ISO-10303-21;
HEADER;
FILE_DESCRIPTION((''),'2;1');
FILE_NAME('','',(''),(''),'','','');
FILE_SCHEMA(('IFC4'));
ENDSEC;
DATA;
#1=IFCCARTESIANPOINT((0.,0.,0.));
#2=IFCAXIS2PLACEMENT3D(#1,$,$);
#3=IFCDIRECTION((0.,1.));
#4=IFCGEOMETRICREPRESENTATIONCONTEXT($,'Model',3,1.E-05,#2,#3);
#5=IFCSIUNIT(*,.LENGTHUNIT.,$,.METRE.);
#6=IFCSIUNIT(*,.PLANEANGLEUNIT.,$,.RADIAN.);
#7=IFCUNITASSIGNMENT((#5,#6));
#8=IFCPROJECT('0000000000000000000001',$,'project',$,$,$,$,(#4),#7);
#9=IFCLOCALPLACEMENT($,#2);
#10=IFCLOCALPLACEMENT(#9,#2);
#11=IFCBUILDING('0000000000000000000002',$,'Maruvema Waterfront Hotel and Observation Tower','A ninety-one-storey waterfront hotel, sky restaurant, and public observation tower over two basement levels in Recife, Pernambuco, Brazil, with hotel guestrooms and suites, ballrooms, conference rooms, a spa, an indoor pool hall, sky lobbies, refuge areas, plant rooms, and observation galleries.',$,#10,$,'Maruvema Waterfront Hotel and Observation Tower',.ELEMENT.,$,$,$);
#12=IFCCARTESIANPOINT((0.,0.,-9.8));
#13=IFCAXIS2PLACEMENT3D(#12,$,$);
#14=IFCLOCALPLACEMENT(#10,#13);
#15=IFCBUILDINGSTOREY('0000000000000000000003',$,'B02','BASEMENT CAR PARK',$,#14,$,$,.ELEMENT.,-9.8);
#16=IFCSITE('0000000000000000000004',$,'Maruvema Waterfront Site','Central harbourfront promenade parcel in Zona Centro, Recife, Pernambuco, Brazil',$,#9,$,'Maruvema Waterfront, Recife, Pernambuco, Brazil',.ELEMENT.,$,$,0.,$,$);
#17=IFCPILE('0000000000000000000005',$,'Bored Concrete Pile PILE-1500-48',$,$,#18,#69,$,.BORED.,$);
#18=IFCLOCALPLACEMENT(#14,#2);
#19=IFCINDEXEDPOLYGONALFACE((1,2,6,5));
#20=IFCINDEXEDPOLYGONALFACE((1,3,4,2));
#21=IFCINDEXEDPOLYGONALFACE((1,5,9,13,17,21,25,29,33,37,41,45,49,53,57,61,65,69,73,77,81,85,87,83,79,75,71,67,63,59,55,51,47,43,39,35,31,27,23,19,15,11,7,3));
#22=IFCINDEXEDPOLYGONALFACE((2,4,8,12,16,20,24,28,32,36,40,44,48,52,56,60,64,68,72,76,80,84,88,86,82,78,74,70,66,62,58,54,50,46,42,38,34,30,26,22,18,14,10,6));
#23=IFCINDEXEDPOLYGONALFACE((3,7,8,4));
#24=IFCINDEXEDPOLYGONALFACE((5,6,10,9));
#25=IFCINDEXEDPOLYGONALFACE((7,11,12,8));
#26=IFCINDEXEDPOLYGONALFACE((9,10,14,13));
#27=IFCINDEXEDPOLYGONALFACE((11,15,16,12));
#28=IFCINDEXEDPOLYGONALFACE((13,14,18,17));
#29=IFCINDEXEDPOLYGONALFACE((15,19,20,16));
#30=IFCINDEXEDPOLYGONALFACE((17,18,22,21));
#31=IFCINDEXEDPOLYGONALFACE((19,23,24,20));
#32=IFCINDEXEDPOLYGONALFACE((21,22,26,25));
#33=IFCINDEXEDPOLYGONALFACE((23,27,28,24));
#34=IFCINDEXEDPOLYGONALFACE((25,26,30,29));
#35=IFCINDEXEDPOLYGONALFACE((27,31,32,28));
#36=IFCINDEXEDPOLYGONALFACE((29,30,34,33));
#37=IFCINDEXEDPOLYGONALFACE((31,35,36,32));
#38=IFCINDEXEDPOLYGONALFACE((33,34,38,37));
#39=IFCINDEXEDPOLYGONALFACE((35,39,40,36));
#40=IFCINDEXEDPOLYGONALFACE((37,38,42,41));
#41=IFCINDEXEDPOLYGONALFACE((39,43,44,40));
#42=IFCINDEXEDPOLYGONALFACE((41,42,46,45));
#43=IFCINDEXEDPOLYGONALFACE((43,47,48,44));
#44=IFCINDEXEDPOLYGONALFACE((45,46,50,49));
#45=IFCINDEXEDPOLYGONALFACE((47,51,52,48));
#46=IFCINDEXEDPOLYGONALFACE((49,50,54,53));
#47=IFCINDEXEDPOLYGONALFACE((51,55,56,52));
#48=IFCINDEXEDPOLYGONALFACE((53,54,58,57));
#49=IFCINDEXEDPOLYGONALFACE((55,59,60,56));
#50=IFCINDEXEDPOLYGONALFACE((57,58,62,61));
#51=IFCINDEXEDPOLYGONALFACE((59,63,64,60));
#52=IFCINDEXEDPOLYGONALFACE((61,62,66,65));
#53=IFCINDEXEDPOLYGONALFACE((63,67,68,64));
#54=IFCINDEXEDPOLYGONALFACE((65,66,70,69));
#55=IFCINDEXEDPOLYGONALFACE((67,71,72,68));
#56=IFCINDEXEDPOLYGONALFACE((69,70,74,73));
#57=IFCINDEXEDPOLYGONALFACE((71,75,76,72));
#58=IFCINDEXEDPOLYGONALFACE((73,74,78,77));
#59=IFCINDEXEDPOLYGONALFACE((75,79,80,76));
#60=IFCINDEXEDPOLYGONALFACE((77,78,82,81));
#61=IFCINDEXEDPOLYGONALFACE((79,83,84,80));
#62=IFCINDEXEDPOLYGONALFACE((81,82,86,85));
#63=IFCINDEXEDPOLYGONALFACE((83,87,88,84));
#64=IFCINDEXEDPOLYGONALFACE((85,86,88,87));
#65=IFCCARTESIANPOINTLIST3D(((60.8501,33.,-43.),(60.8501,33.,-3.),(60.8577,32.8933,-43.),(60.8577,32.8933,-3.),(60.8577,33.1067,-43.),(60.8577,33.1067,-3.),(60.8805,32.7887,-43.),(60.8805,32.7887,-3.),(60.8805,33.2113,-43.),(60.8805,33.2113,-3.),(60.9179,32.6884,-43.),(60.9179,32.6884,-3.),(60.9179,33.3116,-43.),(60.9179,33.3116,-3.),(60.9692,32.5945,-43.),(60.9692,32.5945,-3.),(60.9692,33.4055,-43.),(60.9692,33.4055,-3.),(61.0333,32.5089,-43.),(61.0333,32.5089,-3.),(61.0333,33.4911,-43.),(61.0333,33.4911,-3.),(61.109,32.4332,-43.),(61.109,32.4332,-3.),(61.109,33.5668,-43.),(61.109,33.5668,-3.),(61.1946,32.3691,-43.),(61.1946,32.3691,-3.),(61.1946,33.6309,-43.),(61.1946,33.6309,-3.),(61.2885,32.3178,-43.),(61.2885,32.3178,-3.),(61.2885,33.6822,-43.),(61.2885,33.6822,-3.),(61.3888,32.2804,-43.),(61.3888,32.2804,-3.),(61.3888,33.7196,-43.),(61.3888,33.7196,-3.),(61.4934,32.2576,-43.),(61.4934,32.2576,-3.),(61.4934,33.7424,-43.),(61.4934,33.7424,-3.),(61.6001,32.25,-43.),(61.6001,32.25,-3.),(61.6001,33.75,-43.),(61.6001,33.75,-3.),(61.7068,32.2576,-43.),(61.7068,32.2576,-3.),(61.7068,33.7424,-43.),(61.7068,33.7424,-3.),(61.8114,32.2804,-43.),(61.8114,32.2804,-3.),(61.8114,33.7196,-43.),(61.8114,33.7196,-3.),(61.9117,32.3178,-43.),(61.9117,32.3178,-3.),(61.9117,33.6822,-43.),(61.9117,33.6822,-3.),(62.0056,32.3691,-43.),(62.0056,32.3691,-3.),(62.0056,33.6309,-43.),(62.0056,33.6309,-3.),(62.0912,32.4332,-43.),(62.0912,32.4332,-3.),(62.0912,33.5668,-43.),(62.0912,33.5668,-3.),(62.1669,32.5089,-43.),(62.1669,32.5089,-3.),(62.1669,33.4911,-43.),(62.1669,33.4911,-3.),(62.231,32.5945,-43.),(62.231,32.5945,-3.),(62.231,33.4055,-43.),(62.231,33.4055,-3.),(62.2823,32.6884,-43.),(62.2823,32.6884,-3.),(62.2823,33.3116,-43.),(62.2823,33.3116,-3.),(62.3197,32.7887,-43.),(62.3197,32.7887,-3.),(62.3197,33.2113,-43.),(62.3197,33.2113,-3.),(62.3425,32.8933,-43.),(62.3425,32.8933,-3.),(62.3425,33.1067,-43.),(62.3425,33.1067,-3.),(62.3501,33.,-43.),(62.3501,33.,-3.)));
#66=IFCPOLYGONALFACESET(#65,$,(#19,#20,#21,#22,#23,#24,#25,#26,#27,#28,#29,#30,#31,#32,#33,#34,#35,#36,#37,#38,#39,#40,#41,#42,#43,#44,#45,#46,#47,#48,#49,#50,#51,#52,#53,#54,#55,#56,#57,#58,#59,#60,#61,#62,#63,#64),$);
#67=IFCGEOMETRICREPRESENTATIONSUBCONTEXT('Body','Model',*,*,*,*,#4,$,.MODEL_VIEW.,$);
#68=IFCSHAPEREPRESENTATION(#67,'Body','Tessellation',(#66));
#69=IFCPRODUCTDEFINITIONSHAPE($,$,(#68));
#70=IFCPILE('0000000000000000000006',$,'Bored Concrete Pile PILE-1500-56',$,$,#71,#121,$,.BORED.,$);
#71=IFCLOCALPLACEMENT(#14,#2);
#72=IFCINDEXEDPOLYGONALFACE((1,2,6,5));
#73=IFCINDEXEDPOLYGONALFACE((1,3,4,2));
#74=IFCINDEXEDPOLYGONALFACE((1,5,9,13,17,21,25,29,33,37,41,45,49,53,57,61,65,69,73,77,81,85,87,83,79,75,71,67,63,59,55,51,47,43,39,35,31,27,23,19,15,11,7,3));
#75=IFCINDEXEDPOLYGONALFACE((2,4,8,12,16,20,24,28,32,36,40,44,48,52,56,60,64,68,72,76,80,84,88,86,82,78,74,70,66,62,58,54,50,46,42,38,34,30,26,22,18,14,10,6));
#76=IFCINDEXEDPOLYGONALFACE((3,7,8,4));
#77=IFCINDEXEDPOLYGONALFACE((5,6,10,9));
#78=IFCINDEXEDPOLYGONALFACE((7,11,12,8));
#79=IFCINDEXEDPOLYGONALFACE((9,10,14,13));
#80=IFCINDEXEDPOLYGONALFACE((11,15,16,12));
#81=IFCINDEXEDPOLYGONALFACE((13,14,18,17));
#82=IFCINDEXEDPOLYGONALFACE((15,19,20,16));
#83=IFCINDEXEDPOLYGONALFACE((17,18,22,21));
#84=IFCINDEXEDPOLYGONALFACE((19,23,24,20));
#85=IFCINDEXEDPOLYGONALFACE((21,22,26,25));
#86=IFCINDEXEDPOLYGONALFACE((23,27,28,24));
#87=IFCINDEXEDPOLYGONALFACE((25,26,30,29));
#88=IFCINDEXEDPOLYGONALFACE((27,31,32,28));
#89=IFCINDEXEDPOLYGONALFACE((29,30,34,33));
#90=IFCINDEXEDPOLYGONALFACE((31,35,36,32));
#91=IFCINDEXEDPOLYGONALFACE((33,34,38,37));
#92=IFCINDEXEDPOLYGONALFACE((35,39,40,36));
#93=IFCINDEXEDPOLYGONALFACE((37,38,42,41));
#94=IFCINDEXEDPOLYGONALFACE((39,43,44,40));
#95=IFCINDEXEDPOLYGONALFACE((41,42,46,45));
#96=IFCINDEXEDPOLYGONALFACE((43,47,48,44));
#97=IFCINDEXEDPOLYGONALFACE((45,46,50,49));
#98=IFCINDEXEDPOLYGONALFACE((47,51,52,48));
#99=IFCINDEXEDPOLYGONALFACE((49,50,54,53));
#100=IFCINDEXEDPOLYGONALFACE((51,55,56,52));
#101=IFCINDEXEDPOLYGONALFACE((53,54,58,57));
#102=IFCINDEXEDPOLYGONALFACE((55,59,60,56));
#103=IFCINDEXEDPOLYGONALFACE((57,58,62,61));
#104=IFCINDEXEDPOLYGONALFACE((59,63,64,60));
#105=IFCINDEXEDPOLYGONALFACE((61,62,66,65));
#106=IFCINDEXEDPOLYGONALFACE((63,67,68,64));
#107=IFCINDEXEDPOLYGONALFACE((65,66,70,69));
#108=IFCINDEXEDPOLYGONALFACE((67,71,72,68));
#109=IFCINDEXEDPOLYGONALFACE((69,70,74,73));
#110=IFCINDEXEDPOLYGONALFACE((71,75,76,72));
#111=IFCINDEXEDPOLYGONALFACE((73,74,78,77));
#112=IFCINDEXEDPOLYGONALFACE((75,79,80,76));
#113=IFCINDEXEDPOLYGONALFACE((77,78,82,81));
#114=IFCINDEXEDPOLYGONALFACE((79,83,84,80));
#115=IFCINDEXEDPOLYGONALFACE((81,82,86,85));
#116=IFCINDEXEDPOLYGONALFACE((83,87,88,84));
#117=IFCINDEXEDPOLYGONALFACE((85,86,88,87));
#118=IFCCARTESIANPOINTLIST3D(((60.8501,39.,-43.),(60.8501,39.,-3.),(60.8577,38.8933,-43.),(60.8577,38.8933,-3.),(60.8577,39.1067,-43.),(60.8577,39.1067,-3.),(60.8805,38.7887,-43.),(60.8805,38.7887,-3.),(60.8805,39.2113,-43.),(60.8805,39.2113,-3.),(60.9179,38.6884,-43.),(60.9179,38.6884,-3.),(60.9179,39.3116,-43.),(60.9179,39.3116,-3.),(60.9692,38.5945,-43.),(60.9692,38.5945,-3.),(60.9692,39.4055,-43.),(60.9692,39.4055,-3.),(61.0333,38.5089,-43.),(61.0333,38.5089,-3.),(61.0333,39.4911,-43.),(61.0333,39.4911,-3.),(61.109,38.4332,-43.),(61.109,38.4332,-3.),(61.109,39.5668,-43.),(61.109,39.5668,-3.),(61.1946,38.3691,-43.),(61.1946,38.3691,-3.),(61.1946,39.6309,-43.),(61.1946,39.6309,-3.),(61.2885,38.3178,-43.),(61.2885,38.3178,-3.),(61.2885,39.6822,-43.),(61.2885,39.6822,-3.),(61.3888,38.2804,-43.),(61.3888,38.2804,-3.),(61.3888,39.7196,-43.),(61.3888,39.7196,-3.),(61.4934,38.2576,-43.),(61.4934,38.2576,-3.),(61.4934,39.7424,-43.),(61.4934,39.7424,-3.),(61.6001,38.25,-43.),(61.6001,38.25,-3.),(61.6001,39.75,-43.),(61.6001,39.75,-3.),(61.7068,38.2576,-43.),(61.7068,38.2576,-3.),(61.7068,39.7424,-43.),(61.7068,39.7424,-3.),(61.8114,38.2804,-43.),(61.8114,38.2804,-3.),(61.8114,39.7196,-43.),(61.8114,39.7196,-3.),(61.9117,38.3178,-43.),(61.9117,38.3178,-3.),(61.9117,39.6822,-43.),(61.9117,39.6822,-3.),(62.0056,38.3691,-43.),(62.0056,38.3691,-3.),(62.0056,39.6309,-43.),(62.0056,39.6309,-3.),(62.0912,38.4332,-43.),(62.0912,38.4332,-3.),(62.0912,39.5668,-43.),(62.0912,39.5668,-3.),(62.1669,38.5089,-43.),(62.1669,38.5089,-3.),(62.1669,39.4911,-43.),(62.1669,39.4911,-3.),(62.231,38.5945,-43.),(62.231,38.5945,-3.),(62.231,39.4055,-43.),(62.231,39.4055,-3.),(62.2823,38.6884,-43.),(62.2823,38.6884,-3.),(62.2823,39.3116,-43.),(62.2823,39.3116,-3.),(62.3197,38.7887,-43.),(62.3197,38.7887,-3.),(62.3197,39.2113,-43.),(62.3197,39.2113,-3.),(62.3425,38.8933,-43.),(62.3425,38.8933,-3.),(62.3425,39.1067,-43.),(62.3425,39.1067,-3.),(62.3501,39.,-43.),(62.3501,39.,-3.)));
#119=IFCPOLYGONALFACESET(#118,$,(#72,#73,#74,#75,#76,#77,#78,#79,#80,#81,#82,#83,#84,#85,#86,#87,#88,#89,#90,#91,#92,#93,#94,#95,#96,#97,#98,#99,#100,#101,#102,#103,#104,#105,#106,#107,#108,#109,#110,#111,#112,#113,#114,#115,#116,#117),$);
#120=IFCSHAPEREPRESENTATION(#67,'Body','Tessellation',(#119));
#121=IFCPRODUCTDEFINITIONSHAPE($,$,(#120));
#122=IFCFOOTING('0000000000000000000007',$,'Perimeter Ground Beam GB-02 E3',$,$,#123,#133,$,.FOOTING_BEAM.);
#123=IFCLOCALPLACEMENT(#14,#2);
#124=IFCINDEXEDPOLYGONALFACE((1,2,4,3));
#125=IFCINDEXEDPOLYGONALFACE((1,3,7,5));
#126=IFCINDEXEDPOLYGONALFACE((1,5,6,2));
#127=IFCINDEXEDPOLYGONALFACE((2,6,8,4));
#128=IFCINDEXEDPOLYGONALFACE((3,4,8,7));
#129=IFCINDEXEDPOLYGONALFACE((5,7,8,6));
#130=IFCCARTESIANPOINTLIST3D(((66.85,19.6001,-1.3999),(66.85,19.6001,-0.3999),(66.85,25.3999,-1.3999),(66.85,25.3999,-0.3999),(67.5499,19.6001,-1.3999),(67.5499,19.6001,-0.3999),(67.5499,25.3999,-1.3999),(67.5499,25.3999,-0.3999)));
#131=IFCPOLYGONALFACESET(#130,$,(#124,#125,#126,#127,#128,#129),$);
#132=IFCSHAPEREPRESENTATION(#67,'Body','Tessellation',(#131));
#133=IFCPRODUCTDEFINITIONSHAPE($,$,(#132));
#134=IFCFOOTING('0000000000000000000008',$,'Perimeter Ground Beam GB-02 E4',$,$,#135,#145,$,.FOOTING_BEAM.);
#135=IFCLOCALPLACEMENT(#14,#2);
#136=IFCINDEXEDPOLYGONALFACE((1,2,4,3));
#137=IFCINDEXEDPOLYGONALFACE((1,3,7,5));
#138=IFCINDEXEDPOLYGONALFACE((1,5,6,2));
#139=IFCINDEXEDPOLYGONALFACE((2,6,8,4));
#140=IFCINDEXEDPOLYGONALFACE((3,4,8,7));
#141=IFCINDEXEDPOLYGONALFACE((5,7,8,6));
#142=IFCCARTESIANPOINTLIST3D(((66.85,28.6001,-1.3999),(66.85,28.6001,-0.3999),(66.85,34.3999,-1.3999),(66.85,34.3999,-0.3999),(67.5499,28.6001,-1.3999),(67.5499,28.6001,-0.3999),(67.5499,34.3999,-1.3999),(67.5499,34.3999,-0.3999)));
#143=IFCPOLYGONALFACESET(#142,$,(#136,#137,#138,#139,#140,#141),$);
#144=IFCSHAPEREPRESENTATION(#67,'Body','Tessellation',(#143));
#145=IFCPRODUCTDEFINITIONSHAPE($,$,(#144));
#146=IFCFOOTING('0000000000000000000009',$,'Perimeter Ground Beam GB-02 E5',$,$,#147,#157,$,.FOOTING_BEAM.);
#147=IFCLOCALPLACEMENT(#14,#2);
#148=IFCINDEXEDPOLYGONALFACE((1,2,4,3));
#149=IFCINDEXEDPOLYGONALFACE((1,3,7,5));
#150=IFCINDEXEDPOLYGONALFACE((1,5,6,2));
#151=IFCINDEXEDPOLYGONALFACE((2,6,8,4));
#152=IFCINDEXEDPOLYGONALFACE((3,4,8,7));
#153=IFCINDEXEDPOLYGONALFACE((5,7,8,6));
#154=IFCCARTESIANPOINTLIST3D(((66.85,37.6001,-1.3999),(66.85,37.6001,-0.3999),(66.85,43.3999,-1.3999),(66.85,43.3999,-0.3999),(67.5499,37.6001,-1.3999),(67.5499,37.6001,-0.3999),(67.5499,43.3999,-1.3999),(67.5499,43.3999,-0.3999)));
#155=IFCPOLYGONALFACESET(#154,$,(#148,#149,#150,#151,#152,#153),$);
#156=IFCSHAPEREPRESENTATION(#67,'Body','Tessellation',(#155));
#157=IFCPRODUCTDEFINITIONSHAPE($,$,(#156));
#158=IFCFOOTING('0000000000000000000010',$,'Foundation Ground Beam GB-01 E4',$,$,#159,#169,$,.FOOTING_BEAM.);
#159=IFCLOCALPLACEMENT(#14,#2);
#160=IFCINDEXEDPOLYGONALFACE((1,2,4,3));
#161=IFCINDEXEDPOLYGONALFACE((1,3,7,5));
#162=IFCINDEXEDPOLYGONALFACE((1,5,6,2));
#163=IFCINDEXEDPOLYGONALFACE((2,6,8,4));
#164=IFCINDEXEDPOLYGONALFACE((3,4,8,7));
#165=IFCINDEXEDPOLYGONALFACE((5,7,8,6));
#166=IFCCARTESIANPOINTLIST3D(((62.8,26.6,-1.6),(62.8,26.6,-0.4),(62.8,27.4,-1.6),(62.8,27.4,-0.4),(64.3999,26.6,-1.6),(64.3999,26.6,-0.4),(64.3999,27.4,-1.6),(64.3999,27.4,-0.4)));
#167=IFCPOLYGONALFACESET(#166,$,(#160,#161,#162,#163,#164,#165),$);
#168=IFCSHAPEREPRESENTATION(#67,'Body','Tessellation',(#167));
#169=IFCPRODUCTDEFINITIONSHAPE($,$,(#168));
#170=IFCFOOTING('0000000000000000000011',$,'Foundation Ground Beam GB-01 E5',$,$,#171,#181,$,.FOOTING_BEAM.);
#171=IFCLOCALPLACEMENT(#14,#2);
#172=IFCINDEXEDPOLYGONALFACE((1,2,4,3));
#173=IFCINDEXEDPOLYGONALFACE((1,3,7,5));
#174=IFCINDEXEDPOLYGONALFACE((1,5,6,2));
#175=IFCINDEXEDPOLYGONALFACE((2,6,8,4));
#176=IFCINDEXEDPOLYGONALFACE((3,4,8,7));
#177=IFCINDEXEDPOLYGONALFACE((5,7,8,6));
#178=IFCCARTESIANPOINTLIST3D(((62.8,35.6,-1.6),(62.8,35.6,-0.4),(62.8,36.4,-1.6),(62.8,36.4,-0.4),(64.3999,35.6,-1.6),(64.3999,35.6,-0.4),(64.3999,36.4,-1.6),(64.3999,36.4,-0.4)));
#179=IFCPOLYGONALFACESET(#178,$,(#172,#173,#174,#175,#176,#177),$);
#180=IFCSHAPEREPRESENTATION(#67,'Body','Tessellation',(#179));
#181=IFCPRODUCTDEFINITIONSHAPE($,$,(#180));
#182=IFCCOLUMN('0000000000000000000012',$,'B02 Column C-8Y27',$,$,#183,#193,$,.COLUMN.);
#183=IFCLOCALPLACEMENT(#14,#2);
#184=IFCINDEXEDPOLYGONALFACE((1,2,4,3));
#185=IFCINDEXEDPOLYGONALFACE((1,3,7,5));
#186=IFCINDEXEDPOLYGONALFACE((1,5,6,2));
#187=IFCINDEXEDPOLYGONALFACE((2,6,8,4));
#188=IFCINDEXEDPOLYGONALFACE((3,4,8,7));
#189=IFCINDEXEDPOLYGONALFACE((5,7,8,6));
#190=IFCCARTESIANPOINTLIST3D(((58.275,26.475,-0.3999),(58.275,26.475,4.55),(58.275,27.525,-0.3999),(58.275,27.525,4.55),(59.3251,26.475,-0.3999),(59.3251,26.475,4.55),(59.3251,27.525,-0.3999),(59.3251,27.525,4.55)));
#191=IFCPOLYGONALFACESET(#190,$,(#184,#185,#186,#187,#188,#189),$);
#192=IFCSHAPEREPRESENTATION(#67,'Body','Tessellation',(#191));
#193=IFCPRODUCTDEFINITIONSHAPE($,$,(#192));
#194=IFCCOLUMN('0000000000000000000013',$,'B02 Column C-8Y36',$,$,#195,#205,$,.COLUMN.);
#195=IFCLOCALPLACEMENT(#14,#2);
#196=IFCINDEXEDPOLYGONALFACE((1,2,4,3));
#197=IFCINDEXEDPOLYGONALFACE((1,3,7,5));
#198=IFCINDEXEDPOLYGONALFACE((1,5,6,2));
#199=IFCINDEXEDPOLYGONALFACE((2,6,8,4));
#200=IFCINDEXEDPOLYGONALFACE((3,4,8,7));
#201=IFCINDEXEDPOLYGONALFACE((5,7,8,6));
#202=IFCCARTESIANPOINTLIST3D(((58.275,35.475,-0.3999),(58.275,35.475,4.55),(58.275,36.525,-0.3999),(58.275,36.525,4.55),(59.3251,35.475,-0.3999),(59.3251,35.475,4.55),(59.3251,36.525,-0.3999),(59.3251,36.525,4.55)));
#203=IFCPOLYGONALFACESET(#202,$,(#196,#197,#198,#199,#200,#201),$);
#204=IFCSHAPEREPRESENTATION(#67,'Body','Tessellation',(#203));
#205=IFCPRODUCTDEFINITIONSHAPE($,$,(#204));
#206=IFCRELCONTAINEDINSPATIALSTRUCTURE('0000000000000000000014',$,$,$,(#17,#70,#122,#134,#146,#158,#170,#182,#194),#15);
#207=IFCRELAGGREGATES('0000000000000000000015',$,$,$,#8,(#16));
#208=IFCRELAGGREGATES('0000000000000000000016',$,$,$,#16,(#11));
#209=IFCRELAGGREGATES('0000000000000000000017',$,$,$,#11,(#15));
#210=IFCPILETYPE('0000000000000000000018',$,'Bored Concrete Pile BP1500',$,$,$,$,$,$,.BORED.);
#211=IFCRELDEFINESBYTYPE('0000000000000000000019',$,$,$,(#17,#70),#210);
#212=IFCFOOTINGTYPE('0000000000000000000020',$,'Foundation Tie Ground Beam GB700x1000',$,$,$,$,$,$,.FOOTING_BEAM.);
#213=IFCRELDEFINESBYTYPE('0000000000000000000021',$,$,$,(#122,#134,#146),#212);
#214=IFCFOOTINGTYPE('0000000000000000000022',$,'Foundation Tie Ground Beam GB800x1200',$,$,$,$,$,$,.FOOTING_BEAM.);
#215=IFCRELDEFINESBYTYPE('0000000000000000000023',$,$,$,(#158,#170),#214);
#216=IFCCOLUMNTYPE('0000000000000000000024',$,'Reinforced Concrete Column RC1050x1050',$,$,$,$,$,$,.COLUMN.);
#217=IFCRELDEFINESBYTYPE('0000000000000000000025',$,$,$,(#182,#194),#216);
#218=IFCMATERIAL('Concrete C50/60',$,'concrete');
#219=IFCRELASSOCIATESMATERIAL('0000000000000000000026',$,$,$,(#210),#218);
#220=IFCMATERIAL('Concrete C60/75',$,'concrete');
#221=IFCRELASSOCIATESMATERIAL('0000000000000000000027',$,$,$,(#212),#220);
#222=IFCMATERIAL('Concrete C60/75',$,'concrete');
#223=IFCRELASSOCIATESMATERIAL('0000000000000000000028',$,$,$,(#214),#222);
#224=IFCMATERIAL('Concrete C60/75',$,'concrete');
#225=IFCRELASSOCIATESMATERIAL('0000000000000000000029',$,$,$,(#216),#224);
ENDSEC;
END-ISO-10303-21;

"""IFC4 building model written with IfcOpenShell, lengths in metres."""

from ifc_helpers import new_model, si_unit, direction, frame, origin, origin_2d, place, context, subcontext, project, spatial, rectangle, circle, extrude, material, material_profile, profile_set, type_object, element, save


model = new_model("IFC4")

# Units and contexts
model_context = context("Model", 3, precision=1e-05, world=origin(), true_north=direction((0.0, 1.0)))
body_context = subcontext(model_context, "Body", "Model", "MODEL_VIEW")
ifc_project = project(units=[si_unit("LENGTHUNIT", "METRE"), si_unit("PLANEANGLEUNIT", "RADIAN")], contexts=[model_context])

# Site, building, storey
site_placement = place(None, origin())
site = spatial("IfcSite", under=ifc_project, at=site_placement, Name="Maruvema Waterfront Site", Description="Central harbourfront promenade parcel in Zona Centro, Recife, Pernambuco, Brazil", LongName="Maruvema Waterfront, Recife, Pernambuco, Brazil", CompositionType="ELEMENT", RefElevation=0.0)
building_placement = place(site_placement, origin())
building = spatial("IfcBuilding", under=site, at=building_placement, Name="Maruvema Waterfront Hotel and Observation Tower", Description="A ninety-one-storey waterfront hotel, sky restaurant, and public observation tower over two basement levels in Recife, Pernambuco, Brazil, with hotel guestrooms and suites, ballrooms, conference rooms, a spa, an indoor pool hall, sky lobbies, refuge areas, plant rooms, and observation galleries.", LongName="Maruvema Waterfront Hotel and Observation Tower", CompositionType="ELEMENT")
storey_placement = place(building_placement, frame((0.0, 0.0, -9.8)))
storey = spatial("IfcBuildingStorey", under=building, at=storey_placement, Name="B02", Description="BASEMENT CAR PARK", CompositionType="ELEMENT", Elevation=-9.8)

# Piles
ifc_material_1 = material(Name="Concrete C50/60", Category="concrete")
ifc_material_profile_1 = material_profile(ifc_material_1, circle(Radius=0.75, at=origin_2d()), Name="BP1500")
ifc_profile_set_1 = profile_set([ifc_material_profile_1], Name="Concrete C50/60")
pile_type_1 = type_object("IfcPileType", Name="Bored Concrete Pile BP1500", PredefinedType="BORED", material=ifc_profile_set_1)
for number, where, z_axis, x_axis, name in (
    (1, (61.6001, 33.0, -3.0), (0.0, 0.0, -1.0), (1.0, 0.0, 0.0), "Bored Concrete Pile PILE-1500-48"),
    (2, (61.6001, 39.0, -3.0), (0.0, 0.0, -1.0), (1.0, 0.0, 0.0), "Bored Concrete Pile PILE-1500-56"),
):
    element("IfcPile", number, at=place(storey_placement, frame(where, z_axis=z_axis, x_axis=x_axis)), inside=storey, type_object=pile_type_1, Name=name, PredefinedType="BORED", context=body_context, shape_type="SweptSolid", body=[
        extrude(circle(Radius=0.75, at=origin_2d()), origin(), (0.0, 0.0, 1.0), 40.0),
    ])

# Footings
ifc_material_2 = material(Name="Concrete C60/75", Category="concrete")
ifc_material_profile_2 = material_profile(ifc_material_2, rectangle(XDim=0.7, YDim=1.0, at=origin_2d()), Name="GB700x1000")
ifc_profile_set_2 = profile_set([ifc_material_profile_2], Name="Concrete C60/75")
footing_type_1 = type_object("IfcFootingType", Name="Foundation Tie Ground Beam GB700x1000", PredefinedType="FOOTING_BEAM", material=ifc_profile_set_2)
for number, where, z_axis, x_axis, name in (
    (3, (67.2, 19.6001, -0.8999), (0.0, 1.0, 0.0), (-1.0, 0.0, 0.0), "Perimeter Ground Beam GB-02 E3"),
    (4, (67.2, 28.6001, -0.8999), (0.0, 1.0, 0.0), (-1.0, 0.0, 0.0), "Perimeter Ground Beam GB-02 E4"),
    (5, (67.2, 37.6001, -0.8999), (0.0, 1.0, 0.0), (-1.0, 0.0, 0.0), "Perimeter Ground Beam GB-02 E5"),
):
    element("IfcFooting", number, at=place(storey_placement, frame(where, z_axis=z_axis, x_axis=x_axis)), inside=storey, type_object=footing_type_1, Name=name, PredefinedType="FOOTING_BEAM", context=body_context, shape_type="SweptSolid", body=[
        extrude(rectangle(XDim=0.7, YDim=1.0, at=origin_2d()), origin(), (0.0, 0.0, 1.0), 5.7998),
    ])
ifc_material_3 = material(Name="Concrete C60/75", Category="concrete")
ifc_material_profile_3 = material_profile(ifc_material_3, rectangle(XDim=0.8, YDim=1.2, at=origin_2d()), Name="GB800x1200")
ifc_profile_set_3 = profile_set([ifc_material_profile_3], Name="Concrete C60/75")
footing_type_2 = type_object("IfcFootingType", Name="Foundation Tie Ground Beam GB800x1200", PredefinedType="FOOTING_BEAM", material=ifc_profile_set_3)
for number, where, z_axis, x_axis, name in (
    (6, (62.8, 27.0, -1.0), (1.0, 0.0, 0.0), (0.0, 1.0, 0.0), "Foundation Ground Beam GB-01 E4"),
    (7, (62.8, 36.0, -1.0), (1.0, 0.0, 0.0), (0.0, 1.0, 0.0), "Foundation Ground Beam GB-01 E5"),
):
    element("IfcFooting", number, at=place(storey_placement, frame(where, z_axis=z_axis, x_axis=x_axis)), inside=storey, type_object=footing_type_2, Name=name, PredefinedType="FOOTING_BEAM", context=body_context, shape_type="SweptSolid", body=[
        extrude(rectangle(XDim=0.8, YDim=1.2, at=origin_2d()), origin(), (0.0, 0.0, 1.0), 1.5999),
    ])

# Columns
ifc_material_4 = material(Name="Concrete C60/75", Category="concrete")
ifc_material_profile_4 = material_profile(ifc_material_4, rectangle(XDim=1.05, YDim=1.05, at=origin_2d()), Name="RC1050x1050")
ifc_profile_set_4 = profile_set([ifc_material_profile_4], Name="Concrete C60/75")
column_type = type_object("IfcColumnType", Name="Reinforced Concrete Column RC1050x1050", PredefinedType="COLUMN", material=ifc_profile_set_4)
for number, where, z_axis, x_axis, name in (
    (8, (58.8, 27.0, -0.3999), (0.0, 0.0, 1.0), (1.0, 0.0, 0.0), "B02 Column C-8Y27"),
    (9, (58.8, 36.0, -0.3999), (0.0, 0.0, 1.0), (1.0, 0.0, 0.0), "B02 Column C-8Y36"),
):
    element("IfcColumn", number, at=place(storey_placement, frame(where, z_axis=z_axis, x_axis=x_axis)), inside=storey, type_object=column_type, Name=name, PredefinedType="COLUMN", context=body_context, shape_type="SweptSolid", body=[
        extrude(rectangle(XDim=1.05, YDim=1.05, at=origin_2d()), origin(), (0.0, 0.0, 1.0), 4.95),
    ])

save(model, "model.ifc")
